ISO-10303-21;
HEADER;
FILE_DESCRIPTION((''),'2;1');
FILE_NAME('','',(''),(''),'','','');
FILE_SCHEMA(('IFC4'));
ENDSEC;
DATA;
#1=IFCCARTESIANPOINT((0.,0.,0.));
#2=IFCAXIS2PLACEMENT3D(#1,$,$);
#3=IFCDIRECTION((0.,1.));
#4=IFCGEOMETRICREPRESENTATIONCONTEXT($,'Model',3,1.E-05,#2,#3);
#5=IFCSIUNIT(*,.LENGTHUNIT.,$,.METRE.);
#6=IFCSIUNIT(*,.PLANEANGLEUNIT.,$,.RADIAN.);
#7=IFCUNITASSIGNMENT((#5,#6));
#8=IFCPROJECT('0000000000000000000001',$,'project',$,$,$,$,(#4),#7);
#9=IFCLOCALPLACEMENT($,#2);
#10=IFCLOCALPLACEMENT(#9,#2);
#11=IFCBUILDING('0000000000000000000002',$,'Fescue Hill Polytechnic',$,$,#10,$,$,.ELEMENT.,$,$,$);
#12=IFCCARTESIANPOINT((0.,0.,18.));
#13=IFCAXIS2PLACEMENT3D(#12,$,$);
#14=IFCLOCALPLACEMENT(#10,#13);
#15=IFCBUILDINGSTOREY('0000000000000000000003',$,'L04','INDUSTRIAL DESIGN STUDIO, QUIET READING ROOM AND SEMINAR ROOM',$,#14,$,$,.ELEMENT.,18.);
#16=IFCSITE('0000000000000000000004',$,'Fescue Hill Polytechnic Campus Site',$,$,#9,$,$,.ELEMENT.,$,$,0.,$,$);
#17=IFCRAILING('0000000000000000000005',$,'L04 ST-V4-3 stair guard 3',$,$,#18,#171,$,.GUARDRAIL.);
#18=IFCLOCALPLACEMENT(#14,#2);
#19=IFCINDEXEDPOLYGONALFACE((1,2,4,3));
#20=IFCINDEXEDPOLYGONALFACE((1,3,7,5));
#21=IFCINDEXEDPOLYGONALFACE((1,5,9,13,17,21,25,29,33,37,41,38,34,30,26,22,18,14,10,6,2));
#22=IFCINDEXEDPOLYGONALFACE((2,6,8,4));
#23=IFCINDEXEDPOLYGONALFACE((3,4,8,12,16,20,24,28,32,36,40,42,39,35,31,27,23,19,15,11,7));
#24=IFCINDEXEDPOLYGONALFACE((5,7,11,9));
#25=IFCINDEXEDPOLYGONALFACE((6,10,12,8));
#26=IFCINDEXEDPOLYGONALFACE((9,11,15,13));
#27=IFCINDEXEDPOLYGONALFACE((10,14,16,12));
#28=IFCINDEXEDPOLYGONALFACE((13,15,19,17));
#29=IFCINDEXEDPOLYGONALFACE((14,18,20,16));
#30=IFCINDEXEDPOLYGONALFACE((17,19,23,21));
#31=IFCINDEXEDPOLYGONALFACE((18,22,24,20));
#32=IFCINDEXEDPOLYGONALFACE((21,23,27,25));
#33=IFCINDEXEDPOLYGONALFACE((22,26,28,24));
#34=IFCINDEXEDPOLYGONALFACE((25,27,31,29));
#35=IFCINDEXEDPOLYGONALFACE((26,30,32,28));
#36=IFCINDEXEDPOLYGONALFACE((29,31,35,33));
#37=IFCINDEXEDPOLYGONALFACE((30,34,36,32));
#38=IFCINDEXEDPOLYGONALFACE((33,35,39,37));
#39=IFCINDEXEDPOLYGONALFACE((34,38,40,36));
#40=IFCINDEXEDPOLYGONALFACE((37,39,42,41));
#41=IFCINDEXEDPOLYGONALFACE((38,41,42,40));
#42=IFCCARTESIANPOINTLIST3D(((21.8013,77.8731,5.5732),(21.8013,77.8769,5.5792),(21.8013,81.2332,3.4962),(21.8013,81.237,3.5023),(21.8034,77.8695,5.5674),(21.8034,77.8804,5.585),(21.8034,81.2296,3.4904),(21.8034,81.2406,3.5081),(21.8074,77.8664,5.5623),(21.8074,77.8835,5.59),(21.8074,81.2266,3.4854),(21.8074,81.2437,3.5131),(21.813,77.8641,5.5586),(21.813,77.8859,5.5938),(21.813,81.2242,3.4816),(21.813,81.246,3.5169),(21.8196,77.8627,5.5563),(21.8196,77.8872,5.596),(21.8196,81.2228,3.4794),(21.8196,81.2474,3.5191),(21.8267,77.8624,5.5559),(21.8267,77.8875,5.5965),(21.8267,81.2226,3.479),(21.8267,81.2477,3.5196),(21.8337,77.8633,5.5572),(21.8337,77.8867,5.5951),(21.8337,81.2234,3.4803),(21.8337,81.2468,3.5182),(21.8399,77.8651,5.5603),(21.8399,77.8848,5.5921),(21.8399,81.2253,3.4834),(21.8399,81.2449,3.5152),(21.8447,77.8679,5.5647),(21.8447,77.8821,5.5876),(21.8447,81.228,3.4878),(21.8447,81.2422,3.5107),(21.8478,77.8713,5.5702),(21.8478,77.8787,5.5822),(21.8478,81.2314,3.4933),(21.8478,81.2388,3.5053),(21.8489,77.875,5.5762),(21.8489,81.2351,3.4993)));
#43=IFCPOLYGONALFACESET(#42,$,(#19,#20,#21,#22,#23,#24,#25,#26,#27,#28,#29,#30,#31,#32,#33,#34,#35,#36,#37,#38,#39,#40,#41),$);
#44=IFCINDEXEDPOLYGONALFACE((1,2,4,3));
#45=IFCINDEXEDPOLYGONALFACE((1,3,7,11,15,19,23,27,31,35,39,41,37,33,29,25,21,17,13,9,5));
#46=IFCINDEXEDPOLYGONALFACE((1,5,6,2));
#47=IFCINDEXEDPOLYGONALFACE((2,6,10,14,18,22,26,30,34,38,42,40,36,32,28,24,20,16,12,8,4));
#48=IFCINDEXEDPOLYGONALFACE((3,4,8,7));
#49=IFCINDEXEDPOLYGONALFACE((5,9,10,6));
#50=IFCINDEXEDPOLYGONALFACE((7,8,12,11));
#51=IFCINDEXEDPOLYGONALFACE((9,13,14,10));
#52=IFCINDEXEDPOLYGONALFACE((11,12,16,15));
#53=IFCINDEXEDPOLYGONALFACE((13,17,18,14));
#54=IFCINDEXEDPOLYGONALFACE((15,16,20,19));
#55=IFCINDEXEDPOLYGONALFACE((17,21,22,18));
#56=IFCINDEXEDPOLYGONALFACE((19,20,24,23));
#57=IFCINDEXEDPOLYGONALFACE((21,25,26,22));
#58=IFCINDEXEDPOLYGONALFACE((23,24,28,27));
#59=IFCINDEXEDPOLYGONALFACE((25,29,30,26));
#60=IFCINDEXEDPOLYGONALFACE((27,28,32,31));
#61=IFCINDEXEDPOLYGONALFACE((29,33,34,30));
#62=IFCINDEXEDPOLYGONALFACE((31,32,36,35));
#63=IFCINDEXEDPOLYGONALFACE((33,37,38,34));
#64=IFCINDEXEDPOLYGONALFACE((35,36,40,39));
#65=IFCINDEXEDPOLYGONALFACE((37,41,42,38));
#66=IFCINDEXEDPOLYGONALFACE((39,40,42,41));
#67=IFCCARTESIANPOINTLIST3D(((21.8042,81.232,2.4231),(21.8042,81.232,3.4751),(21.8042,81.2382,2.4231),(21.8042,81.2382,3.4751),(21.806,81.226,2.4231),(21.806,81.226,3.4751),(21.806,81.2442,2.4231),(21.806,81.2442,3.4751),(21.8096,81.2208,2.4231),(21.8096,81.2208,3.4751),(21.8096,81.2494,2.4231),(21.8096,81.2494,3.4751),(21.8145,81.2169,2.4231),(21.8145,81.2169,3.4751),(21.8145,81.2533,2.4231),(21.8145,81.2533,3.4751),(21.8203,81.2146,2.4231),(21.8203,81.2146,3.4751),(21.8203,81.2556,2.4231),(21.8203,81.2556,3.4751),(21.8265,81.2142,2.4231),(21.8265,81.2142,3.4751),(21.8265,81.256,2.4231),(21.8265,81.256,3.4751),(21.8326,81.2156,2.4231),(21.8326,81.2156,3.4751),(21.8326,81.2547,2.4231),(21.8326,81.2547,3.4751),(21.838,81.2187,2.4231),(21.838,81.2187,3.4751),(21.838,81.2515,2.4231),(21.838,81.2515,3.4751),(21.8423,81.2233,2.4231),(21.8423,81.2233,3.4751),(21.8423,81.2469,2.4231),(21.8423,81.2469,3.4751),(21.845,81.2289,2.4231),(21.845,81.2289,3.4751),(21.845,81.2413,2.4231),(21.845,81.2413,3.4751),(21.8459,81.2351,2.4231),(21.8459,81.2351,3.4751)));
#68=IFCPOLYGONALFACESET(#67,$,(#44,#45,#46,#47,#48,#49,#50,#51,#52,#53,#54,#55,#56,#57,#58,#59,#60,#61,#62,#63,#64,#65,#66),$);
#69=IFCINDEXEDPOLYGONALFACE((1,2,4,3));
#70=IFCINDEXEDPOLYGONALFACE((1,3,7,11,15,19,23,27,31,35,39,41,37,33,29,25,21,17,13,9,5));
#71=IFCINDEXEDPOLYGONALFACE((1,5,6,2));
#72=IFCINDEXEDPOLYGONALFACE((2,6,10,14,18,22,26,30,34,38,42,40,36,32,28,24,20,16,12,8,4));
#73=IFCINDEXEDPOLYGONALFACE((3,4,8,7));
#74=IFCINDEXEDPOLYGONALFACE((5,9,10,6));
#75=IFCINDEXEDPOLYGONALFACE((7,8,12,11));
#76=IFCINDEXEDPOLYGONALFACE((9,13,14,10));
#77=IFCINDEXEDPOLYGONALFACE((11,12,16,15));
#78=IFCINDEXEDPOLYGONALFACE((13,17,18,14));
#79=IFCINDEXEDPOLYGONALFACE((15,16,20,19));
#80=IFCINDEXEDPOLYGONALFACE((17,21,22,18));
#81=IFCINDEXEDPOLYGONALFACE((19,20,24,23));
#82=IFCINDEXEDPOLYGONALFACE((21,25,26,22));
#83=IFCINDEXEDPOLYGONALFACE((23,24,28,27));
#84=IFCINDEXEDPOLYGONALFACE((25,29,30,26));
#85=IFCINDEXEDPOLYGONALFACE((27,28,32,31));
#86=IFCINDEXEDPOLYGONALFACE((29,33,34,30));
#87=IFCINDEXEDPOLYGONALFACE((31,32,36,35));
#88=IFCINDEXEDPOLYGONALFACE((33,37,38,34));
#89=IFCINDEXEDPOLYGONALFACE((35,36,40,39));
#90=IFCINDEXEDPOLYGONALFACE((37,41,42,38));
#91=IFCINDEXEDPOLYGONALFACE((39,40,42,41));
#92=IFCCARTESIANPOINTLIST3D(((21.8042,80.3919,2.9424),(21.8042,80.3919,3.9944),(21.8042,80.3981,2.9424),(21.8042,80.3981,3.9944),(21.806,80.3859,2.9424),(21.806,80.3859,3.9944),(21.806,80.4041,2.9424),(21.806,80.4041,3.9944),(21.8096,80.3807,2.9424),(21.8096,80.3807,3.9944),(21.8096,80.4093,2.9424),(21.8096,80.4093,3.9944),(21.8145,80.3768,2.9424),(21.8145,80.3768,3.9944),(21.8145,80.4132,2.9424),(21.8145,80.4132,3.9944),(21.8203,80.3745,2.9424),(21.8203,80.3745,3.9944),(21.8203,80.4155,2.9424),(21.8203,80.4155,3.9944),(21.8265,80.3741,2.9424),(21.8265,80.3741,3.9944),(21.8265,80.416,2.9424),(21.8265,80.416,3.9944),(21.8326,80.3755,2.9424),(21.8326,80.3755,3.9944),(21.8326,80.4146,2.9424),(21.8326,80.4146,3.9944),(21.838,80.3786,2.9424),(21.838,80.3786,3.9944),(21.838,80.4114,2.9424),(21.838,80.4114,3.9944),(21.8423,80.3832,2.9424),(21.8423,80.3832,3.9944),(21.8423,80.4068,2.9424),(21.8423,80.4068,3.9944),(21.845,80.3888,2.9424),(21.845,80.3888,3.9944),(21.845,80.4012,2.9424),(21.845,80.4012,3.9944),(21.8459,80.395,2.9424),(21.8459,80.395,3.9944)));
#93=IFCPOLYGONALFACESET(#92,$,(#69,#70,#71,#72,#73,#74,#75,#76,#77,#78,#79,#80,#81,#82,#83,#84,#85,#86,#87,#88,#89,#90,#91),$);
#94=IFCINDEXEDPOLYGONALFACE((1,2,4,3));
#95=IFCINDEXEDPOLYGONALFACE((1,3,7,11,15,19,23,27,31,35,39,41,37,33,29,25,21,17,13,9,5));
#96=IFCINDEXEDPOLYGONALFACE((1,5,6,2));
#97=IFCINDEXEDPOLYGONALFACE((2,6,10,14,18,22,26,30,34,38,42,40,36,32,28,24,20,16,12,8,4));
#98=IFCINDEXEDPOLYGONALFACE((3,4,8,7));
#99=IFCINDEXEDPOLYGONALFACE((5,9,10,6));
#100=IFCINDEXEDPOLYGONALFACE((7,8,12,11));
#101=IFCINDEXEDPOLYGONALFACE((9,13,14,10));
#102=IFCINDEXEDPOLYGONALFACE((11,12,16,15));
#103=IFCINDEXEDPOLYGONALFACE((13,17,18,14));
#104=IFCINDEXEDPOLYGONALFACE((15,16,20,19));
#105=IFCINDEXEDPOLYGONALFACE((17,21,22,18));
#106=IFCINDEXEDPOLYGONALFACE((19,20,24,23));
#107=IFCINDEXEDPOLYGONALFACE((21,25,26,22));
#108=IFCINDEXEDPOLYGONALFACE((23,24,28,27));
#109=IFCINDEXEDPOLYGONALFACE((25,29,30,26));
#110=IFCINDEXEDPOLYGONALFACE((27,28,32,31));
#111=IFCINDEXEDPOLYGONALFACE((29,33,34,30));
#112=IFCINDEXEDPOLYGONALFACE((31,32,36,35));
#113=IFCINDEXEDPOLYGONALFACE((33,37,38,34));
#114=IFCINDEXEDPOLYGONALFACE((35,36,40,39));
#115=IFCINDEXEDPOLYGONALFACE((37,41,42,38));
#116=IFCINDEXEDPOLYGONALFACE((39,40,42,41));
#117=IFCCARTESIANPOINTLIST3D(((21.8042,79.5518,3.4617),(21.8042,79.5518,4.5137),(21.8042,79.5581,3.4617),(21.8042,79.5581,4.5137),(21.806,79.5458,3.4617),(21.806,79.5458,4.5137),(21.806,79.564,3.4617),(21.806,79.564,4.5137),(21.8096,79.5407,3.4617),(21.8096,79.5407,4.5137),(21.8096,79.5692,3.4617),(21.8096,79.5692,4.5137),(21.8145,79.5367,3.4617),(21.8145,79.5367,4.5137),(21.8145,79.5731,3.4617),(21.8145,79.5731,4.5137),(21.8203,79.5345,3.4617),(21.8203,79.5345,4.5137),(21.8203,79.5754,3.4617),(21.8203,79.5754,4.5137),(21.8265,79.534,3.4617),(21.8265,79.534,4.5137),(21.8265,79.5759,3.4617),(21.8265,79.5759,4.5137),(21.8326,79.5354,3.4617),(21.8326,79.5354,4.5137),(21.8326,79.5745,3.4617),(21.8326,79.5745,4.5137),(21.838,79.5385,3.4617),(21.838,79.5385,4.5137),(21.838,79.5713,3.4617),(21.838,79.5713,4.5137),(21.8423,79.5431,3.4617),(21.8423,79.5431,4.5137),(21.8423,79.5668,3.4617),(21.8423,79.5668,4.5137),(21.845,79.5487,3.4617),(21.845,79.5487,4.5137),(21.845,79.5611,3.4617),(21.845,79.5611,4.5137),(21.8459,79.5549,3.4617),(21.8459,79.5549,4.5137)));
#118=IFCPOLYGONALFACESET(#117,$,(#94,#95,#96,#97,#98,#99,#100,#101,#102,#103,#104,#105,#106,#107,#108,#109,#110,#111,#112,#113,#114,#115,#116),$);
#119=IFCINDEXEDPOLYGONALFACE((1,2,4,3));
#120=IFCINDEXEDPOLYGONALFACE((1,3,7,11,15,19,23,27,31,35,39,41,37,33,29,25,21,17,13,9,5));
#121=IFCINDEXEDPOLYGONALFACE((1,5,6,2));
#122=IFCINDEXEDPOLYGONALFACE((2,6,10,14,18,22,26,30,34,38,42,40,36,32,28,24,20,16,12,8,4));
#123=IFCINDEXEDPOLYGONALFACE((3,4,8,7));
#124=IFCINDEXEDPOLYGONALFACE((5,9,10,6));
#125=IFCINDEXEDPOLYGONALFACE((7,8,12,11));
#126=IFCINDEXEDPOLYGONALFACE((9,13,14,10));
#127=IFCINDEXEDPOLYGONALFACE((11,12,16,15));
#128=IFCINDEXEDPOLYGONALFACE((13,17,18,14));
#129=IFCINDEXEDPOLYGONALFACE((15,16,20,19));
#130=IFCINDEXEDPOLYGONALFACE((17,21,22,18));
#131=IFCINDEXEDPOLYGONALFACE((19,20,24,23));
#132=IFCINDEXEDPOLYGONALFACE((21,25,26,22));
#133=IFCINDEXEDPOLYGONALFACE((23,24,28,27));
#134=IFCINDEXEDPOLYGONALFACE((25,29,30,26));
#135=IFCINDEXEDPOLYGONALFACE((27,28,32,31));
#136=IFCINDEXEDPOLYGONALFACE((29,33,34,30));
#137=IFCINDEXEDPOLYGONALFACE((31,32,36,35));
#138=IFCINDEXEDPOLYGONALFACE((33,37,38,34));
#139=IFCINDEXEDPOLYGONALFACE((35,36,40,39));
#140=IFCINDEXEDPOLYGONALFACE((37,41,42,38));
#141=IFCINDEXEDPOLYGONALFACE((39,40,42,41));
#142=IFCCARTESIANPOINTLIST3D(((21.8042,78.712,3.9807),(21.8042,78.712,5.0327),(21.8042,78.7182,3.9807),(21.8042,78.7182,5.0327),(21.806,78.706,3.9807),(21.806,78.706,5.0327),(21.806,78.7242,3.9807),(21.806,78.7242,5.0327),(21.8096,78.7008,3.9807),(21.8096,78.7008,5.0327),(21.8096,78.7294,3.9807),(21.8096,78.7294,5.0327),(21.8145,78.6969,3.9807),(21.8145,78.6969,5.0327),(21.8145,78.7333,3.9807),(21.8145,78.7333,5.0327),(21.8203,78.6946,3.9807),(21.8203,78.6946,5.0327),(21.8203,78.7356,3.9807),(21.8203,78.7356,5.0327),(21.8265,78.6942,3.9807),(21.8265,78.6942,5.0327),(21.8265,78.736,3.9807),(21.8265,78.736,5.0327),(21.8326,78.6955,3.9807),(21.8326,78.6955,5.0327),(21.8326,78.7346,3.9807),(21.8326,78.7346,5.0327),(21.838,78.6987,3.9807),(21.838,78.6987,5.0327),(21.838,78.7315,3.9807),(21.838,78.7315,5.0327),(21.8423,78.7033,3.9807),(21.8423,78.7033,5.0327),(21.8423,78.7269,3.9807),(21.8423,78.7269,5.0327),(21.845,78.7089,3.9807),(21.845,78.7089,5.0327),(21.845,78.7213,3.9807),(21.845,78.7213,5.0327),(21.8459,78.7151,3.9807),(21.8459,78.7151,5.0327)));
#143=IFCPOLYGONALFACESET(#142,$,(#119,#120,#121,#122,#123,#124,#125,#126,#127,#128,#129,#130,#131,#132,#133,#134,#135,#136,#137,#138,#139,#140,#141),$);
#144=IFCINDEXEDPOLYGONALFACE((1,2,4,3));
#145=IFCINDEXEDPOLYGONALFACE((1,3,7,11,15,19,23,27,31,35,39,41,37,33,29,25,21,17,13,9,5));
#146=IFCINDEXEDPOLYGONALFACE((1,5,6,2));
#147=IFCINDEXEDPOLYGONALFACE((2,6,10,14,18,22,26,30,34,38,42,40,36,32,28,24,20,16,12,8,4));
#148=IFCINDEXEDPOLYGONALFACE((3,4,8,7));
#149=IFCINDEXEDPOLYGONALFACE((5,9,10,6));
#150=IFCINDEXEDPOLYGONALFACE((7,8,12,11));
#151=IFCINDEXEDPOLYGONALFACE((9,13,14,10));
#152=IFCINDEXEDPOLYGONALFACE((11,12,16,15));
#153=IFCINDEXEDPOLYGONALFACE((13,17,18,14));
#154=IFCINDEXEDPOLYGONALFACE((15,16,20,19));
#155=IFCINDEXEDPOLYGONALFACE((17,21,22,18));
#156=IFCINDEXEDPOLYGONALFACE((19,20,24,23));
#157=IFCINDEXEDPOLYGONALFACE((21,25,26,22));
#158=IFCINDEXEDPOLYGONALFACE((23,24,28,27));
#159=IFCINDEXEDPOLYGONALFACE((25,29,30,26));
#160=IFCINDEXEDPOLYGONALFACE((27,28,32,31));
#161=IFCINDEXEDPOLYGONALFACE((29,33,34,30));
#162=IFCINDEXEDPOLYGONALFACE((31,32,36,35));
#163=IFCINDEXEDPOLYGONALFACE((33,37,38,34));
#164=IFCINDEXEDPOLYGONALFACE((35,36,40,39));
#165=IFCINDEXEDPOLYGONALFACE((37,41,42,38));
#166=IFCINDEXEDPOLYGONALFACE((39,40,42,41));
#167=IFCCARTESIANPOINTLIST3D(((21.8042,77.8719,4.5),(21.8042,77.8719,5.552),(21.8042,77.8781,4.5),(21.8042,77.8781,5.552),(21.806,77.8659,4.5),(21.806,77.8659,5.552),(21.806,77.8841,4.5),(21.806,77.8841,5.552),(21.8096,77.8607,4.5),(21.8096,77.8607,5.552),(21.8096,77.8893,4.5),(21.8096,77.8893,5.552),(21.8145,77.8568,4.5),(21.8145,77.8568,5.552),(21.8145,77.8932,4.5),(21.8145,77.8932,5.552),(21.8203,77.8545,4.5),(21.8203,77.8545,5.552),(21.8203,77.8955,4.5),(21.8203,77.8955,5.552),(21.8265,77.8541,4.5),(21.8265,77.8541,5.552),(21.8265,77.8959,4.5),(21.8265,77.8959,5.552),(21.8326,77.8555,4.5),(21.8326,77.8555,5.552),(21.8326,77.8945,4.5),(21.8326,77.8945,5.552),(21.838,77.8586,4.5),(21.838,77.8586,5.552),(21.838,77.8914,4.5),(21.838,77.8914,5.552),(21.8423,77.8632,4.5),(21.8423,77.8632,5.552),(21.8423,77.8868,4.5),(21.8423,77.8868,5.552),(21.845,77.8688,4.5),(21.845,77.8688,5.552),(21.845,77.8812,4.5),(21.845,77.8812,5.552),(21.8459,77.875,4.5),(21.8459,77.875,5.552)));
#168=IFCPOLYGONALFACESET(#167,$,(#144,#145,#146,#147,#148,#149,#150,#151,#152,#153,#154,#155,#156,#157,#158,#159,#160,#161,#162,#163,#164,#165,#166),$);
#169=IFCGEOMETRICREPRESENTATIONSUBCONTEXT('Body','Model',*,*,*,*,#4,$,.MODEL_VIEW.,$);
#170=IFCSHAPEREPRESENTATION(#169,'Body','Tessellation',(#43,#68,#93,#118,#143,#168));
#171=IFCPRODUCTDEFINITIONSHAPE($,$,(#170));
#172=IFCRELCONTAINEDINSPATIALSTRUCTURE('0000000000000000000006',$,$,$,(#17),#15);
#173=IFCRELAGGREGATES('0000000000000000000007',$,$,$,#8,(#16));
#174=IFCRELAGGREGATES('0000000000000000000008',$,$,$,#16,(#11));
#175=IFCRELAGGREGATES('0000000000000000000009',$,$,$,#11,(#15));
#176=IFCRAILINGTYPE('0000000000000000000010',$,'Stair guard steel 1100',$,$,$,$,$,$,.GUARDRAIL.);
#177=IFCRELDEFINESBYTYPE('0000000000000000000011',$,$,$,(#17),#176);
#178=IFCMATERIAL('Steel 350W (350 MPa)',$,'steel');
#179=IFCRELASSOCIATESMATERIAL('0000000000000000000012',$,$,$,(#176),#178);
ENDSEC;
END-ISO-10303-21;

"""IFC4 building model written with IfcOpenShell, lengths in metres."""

from ifc_helpers import new_model, si_unit, direction, frame, origin, origin_2d, place, context, subcontext, project, spatial, circle, extrude, material, type_object, element, save


model = new_model("IFC4")

# Units and contexts
model_context = context("Model", 3, precision=1e-05, world=origin(), true_north=direction((0.0, 1.0)))
body_context = subcontext(model_context, "Body", "Model", "MODEL_VIEW")
ifc_project = project(units=[si_unit("LENGTHUNIT", "METRE"), si_unit("PLANEANGLEUNIT", "RADIAN")], contexts=[model_context])

# Site, building, storey
site_placement = place(None, origin())
site = spatial("IfcSite", under=ifc_project, at=site_placement, Name="Fescue Hill Polytechnic Campus Site", CompositionType="ELEMENT", RefElevation=0.0)
building_placement = place(site_placement, origin())
building = spatial("IfcBuilding", under=site, at=building_placement, Name="Fescue Hill Polytechnic", CompositionType="ELEMENT")
storey_placement = place(building_placement, frame((0.0, 0.0, 18.0)))
storey = spatial("IfcBuildingStorey", under=building, at=storey_placement, Name="L04", Description="INDUSTRIAL DESIGN STUDIO, QUIET READING ROOM AND SEMINAR ROOM", CompositionType="ELEMENT", Elevation=18.0)

# Railing
ifc_material_1 = material(Name="Steel 350W (350 MPa)", Category="steel")
railing_type_1 = type_object("IfcRailingType", Name="Stair guard steel 1100", PredefinedType="GUARDRAIL", material=ifc_material_1)
railing_1_placement = place(storey_placement, frame((21.825, 81.2351, 2.4231)))
element("IfcRailing", 1, at=railing_1_placement, inside=storey, type_object=railing_type_1, Name="L04 ST-V4-3 stair guard 3", PredefinedType="GUARDRAIL", context=body_context, shape_type="SweptSolid", body=[
    extrude(circle(Radius=0.0239, at=origin_2d()), frame((0.0, 0.0, 1.0762), z_axis=(0.0, -0.850623, 0.525776), x_axis=(1.0, 0.0, 0.0)), (0.0, 0.0, 1.0), 3.9502),
    extrude(circle(Radius=0.021, at=origin_2d()), origin(), (0.0, 0.0, 1.0), 1.052),
    extrude(circle(Radius=0.021, at=origin_2d()), frame((0.0, -0.8401, 0.5193)), (0.0, 0.0, 1.0), 1.052),
    extrude(circle(Radius=0.021, at=origin_2d()), frame((0.0, -1.6802, 1.0386)), (0.0, 0.0, 1.0), 1.052),
    extrude(circle(Radius=0.021, at=origin_2d()), frame((0.0, -2.52, 1.5576)), (0.0, 0.0, 1.0), 1.052),
    extrude(circle(Radius=0.021, at=origin_2d()), frame((0.0, -3.3601, 2.0769)), (0.0, 0.0, 1.0), 1.052),
])

save(model, "model.ifc")
